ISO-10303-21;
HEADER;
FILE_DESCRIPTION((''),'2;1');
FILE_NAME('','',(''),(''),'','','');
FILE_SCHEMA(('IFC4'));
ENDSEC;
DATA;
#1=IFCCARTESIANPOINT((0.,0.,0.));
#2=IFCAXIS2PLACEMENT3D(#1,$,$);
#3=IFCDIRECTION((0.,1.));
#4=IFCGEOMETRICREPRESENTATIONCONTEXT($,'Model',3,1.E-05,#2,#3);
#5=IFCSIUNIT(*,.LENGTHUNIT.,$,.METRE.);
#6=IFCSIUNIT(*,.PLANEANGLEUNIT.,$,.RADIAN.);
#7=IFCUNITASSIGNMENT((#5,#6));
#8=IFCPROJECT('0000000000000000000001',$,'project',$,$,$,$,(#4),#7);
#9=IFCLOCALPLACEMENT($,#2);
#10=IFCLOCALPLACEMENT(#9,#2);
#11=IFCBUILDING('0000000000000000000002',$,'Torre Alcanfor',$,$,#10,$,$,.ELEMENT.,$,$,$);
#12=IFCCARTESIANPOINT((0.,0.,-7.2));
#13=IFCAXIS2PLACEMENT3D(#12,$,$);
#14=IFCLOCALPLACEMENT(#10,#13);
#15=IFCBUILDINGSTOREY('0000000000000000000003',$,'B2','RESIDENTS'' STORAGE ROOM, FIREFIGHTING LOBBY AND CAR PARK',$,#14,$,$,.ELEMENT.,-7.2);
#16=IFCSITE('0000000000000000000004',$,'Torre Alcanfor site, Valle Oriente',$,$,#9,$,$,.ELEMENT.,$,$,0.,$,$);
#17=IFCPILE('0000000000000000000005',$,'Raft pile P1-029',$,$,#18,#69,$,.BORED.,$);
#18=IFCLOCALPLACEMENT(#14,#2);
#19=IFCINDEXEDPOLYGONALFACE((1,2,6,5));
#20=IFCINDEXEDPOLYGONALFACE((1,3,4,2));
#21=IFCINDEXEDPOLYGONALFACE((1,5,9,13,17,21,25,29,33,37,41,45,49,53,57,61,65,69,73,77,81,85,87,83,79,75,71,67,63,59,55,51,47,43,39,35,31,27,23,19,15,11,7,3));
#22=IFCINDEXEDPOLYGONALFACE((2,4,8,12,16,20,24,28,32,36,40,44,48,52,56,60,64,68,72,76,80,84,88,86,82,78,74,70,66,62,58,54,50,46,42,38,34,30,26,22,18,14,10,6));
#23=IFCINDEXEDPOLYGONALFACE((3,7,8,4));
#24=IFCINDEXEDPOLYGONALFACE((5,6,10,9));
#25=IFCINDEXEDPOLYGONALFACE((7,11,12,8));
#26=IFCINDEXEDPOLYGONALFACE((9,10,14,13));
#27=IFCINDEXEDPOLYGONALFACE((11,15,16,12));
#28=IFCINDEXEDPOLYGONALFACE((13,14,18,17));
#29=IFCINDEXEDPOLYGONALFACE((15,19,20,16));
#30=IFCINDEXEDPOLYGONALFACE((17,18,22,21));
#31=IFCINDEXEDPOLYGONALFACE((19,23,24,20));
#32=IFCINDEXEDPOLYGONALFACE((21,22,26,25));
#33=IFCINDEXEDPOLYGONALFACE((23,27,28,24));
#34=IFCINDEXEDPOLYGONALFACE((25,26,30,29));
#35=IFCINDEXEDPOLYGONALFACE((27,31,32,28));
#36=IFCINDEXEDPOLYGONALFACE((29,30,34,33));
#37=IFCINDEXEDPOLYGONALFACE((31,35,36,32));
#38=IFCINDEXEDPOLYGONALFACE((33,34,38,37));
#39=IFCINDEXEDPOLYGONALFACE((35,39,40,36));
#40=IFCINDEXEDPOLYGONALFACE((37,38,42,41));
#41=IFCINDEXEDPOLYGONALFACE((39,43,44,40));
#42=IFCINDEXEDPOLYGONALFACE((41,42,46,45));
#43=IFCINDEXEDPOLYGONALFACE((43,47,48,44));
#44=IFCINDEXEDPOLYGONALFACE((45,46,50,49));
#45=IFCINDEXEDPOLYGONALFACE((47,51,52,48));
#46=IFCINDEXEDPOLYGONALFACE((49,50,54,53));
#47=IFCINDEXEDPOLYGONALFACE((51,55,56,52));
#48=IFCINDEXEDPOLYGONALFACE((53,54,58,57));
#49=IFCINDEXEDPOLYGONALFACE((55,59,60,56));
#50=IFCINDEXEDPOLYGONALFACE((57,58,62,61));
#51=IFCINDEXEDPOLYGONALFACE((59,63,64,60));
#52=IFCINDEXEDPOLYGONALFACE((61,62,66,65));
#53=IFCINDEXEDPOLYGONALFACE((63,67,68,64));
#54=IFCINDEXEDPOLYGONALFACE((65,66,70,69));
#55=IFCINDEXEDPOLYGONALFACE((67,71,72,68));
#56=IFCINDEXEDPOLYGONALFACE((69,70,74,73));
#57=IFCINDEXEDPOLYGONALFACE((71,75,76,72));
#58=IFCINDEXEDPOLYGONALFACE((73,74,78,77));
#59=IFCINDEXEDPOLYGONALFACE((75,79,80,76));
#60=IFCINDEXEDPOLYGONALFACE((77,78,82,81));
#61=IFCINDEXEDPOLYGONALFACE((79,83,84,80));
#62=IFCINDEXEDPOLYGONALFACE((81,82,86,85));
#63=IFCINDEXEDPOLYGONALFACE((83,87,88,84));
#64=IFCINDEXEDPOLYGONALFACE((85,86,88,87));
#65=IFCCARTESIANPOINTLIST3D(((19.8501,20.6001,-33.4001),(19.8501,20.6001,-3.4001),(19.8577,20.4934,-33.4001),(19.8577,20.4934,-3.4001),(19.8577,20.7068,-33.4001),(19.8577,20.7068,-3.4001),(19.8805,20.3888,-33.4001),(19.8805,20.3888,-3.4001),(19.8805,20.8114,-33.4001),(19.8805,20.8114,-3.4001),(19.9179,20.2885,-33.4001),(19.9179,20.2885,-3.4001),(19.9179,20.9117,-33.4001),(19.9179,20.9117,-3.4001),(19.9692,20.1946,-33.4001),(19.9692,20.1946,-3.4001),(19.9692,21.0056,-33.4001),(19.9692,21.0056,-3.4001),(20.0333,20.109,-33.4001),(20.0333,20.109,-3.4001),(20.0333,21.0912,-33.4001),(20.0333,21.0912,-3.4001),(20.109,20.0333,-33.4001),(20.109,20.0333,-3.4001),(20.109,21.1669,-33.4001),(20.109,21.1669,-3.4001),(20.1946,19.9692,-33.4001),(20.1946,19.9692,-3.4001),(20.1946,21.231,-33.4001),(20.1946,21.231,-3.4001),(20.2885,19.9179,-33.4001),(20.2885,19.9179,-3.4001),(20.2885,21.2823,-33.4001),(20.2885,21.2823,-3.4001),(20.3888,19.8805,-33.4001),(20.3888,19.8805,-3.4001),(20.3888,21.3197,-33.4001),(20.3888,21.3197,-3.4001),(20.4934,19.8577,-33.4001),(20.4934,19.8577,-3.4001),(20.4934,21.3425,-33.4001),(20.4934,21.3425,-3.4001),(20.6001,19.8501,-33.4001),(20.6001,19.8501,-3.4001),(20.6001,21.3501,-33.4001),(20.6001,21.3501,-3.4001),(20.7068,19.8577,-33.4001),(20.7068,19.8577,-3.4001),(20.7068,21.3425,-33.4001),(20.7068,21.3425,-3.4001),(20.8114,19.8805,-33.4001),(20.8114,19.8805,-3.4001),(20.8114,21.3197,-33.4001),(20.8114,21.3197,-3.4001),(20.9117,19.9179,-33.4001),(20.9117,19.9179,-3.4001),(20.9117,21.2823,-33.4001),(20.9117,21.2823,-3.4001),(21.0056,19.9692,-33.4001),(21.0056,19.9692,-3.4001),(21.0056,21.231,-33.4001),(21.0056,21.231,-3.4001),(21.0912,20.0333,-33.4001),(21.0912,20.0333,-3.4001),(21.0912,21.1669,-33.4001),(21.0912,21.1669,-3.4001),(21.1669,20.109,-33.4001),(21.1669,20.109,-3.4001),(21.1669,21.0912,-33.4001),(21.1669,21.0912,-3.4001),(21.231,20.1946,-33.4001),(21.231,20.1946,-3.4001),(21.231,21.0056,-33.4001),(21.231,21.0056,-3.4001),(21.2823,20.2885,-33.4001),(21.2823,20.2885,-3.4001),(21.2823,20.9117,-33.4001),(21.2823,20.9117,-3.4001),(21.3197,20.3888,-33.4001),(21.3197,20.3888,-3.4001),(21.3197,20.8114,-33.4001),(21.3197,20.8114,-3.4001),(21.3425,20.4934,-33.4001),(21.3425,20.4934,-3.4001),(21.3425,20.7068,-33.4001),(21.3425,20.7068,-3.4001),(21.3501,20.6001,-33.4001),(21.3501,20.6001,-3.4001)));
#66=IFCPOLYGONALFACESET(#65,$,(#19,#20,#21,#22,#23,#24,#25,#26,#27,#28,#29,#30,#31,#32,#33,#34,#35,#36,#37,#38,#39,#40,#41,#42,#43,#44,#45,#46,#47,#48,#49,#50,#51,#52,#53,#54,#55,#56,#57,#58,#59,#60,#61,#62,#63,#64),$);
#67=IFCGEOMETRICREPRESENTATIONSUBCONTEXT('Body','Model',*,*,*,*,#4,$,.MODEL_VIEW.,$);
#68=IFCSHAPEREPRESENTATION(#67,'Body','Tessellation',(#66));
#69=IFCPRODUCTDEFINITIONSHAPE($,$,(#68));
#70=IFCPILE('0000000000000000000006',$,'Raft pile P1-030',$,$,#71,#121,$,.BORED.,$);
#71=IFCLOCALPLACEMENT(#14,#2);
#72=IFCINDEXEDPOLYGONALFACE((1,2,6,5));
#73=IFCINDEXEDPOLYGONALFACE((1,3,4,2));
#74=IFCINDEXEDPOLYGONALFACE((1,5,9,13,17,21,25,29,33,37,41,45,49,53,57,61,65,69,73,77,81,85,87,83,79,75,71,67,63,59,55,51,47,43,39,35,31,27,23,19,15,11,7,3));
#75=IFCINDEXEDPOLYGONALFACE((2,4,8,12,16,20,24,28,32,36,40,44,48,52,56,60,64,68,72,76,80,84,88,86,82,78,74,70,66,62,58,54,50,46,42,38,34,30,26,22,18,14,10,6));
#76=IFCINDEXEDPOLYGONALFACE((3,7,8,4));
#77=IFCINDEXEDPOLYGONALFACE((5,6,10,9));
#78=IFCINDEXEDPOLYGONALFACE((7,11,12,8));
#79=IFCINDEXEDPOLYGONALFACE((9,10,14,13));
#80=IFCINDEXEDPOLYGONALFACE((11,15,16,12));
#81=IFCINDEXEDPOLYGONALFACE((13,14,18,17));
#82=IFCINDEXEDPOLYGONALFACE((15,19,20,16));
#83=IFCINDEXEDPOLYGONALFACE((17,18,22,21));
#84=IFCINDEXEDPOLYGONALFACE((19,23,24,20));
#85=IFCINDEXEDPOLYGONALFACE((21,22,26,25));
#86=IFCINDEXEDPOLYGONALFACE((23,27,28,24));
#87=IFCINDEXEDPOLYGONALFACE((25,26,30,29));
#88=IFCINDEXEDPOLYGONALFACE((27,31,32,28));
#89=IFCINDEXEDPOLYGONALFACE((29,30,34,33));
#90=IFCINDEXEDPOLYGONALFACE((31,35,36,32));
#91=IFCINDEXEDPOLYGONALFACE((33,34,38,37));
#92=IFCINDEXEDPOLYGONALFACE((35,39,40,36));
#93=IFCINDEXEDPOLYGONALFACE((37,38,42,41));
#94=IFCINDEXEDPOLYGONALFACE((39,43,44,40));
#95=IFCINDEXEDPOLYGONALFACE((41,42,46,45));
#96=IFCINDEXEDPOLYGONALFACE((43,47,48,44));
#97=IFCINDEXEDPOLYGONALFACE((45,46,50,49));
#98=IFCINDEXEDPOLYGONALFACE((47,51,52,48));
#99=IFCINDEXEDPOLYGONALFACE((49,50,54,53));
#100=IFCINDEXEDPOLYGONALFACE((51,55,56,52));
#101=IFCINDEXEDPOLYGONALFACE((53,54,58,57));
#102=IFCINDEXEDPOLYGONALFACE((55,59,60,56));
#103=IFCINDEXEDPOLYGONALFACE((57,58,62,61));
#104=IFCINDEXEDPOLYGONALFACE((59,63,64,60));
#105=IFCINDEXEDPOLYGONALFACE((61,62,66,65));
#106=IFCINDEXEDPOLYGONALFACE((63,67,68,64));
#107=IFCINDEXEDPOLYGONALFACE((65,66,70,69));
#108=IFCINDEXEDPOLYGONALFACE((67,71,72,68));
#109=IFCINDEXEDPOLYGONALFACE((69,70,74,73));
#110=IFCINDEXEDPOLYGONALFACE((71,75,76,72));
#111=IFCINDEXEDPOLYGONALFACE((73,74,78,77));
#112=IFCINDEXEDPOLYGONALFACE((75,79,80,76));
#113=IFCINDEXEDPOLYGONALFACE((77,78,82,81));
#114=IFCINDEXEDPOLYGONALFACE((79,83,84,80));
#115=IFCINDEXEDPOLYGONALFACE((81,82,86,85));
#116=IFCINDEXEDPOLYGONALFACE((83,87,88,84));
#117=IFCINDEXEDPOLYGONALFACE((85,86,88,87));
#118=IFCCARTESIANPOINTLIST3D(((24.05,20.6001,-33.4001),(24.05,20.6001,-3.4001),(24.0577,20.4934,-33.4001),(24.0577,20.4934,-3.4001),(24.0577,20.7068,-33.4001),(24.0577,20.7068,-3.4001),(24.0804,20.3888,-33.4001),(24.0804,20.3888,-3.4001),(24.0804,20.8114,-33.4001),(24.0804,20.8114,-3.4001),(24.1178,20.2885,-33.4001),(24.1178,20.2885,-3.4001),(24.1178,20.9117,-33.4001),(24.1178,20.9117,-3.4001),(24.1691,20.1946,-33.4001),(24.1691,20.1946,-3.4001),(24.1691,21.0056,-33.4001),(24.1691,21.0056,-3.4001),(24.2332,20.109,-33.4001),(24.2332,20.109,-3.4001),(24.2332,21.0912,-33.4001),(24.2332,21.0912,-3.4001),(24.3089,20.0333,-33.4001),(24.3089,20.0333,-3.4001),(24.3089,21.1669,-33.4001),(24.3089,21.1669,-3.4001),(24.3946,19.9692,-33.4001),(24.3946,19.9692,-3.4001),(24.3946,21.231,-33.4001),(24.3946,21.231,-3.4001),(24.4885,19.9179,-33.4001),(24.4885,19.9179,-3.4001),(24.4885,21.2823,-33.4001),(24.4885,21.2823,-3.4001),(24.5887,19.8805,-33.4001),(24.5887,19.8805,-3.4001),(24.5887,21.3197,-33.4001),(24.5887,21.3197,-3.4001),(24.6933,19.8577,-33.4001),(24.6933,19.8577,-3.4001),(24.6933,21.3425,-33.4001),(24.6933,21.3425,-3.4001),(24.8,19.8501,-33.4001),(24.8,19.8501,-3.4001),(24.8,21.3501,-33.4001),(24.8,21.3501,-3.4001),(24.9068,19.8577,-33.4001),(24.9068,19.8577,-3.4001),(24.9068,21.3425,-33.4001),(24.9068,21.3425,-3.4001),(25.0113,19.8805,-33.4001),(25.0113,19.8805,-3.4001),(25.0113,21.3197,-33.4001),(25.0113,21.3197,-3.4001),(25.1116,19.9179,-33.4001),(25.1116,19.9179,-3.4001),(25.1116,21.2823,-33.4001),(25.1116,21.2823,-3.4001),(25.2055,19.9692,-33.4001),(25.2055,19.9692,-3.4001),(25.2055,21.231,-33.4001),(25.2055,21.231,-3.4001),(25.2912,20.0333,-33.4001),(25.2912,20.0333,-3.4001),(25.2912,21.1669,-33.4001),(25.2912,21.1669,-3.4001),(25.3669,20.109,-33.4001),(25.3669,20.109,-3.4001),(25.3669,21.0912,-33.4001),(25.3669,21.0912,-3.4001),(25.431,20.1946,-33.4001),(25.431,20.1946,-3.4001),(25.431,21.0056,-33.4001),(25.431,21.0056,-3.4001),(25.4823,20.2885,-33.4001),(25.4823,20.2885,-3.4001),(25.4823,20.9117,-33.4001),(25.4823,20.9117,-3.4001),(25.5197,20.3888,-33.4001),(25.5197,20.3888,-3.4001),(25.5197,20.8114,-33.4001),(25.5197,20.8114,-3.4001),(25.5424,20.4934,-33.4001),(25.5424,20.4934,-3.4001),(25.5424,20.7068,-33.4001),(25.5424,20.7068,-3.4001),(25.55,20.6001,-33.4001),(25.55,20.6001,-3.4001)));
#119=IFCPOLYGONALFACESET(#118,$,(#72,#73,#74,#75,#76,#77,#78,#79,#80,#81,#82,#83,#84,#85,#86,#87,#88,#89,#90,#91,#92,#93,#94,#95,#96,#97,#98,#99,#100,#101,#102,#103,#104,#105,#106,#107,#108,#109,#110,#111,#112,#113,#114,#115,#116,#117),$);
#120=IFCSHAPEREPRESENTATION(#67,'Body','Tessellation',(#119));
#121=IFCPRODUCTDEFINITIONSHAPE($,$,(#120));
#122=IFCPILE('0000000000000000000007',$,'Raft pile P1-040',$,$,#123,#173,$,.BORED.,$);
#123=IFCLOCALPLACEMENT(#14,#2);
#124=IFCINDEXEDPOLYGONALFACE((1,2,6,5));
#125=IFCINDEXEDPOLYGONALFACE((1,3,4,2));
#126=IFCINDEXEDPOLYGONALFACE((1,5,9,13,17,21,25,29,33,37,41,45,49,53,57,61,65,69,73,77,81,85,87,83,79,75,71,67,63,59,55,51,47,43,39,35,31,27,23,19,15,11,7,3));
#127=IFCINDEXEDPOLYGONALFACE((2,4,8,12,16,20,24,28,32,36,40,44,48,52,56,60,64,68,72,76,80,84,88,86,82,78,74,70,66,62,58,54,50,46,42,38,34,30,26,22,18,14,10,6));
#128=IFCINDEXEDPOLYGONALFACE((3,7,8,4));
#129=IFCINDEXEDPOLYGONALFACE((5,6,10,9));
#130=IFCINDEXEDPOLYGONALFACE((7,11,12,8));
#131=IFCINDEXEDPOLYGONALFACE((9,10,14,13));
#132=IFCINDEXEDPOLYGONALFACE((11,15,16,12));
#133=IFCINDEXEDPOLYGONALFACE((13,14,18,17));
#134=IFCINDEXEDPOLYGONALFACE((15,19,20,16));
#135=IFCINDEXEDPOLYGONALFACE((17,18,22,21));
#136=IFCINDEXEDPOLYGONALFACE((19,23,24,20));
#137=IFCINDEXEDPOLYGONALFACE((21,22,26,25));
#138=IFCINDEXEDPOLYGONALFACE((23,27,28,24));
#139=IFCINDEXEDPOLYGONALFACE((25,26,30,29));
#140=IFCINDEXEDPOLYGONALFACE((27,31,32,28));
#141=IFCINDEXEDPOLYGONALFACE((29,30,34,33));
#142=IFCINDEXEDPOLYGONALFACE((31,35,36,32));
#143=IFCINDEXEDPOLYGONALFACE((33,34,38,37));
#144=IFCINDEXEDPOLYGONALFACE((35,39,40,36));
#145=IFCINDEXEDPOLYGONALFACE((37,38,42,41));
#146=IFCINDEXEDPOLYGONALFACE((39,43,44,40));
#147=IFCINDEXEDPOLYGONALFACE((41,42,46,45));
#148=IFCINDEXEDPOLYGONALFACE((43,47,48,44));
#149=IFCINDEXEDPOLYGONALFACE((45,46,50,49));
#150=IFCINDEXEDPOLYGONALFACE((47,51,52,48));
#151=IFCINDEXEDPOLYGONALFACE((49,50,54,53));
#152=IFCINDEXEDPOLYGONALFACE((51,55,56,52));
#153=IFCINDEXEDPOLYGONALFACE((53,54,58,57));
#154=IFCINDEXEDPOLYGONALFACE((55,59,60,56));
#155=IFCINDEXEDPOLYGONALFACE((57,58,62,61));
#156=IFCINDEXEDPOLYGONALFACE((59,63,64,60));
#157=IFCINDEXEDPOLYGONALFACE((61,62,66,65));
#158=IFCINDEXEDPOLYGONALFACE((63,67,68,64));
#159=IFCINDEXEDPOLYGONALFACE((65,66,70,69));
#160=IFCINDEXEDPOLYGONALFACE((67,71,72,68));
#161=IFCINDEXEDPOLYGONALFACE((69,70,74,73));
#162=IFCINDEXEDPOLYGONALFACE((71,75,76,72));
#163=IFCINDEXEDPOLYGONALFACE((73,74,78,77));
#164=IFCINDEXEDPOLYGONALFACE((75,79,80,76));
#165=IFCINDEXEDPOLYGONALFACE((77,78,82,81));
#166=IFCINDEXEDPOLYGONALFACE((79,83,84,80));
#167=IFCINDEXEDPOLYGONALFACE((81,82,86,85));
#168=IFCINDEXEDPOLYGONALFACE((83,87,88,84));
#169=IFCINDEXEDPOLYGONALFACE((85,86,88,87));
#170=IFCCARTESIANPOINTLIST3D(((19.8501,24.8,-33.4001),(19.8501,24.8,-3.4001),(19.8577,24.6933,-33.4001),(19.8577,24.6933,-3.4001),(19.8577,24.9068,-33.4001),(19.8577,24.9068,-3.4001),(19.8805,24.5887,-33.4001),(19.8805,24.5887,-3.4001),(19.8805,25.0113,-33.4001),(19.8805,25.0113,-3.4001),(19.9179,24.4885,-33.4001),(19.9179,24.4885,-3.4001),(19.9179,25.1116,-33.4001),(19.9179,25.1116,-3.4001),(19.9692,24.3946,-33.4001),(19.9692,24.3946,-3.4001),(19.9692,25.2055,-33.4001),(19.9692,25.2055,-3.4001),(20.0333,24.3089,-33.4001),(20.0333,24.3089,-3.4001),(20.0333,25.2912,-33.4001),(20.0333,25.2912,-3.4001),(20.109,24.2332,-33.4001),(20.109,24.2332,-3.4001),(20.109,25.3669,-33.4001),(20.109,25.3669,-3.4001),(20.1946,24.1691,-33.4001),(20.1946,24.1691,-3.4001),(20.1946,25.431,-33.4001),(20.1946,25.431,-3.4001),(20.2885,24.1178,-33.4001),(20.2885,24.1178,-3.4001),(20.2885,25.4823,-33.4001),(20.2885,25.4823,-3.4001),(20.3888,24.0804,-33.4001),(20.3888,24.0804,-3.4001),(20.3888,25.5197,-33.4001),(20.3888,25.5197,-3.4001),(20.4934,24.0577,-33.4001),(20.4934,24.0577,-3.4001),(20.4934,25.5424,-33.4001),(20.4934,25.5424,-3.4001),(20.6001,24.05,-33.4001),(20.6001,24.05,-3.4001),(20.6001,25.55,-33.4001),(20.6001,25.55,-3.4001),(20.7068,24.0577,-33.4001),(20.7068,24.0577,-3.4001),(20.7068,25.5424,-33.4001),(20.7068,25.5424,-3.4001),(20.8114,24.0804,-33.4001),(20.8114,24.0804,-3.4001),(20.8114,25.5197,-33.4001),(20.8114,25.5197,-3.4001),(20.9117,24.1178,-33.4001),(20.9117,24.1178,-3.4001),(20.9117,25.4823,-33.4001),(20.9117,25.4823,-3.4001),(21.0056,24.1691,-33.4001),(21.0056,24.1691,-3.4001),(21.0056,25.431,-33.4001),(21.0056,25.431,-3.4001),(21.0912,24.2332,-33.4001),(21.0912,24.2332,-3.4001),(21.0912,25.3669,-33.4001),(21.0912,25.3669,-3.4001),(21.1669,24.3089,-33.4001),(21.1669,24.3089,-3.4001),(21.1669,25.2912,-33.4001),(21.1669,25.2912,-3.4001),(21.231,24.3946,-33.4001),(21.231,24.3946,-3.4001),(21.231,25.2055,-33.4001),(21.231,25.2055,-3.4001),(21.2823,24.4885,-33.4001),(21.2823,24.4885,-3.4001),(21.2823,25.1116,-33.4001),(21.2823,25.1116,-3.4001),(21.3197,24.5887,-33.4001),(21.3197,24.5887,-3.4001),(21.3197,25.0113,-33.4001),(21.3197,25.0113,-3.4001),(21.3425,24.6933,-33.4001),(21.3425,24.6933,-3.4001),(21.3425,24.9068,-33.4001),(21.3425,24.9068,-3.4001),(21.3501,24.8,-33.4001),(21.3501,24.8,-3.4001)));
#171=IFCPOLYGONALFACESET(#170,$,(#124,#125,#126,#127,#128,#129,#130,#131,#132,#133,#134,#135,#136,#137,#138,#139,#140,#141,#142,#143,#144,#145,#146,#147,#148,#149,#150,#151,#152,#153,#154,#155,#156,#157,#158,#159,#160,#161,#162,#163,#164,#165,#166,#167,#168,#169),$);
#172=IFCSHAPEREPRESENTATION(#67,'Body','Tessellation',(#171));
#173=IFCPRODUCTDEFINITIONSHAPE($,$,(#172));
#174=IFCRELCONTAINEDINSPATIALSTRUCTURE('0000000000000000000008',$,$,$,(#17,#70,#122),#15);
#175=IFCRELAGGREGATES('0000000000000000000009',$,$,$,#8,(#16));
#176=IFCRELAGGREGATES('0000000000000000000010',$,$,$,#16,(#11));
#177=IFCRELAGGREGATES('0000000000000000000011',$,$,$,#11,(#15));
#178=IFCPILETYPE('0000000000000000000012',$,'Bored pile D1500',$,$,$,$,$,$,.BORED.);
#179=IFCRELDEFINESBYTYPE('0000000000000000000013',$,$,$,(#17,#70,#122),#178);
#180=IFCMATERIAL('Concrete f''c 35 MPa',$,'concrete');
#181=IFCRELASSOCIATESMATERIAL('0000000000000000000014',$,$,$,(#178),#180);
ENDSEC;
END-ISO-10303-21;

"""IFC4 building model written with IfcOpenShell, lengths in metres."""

from ifc_helpers import new_model, si_unit, direction, frame, origin, origin_2d, place, context, subcontext, project, spatial, circle, extrude, material, material_profile, profile_set, type_object, element, save


model = new_model("IFC4")

# Units and contexts
model_context = context("Model", 3, precision=1e-05, world=origin(), true_north=direction((0.0, 1.0)))
body_context = subcontext(model_context, "Body", "Model", "MODEL_VIEW")
ifc_project = project(units=[si_unit("LENGTHUNIT", "METRE"), si_unit("PLANEANGLEUNIT", "RADIAN")], contexts=[model_context])

# Site, building, storey
site_placement = place(None, origin())
site = spatial("IfcSite", under=ifc_project, at=site_placement, Name="Torre Alcanfor site, Valle Oriente", CompositionType="ELEMENT", RefElevation=0.0)
building_placement = place(site_placement, origin())
building = spatial("IfcBuilding", under=site, at=building_placement, Name="Torre Alcanfor", CompositionType="ELEMENT")
storey_placement = place(building_placement, frame((0.0, 0.0, -7.2)))
storey = spatial("IfcBuildingStorey", under=building, at=storey_placement, Name="B2", Description="RESIDENTS' STORAGE ROOM, FIREFIGHTING LOBBY AND CAR PARK", CompositionType="ELEMENT", Elevation=-7.2)

# Piles
ifc_material_1 = material(Name="Concrete f'c 35 MPa", Category="concrete")
ifc_material_profile_1 = material_profile(ifc_material_1, circle(Radius=0.75, at=origin_2d()), Name="D1500")
ifc_profile_set_1 = profile_set([ifc_material_profile_1], Name="Concrete f'c 35 MPa")
pile_type = type_object("IfcPileType", Name="Bored pile D1500", PredefinedType="BORED", material=ifc_profile_set_1)
for number, where, z_axis, x_axis, name in (
    (1, (20.6001, 20.6001, -3.4001), (0.0, 0.0, -1.0), (1.0, 0.0, 0.0), "Raft pile P1-029"),
    (2, (24.8, 20.6001, -3.4001), (0.0, 0.0, -1.0), (1.0, 0.0, 0.0), "Raft pile P1-030"),
    (3, (20.6001, 24.8, -3.4001), (0.0, 0.0, -1.0), (1.0, 0.0, 0.0), "Raft pile P1-040"),
):
    element("IfcPile", number, at=place(storey_placement, frame(where, z_axis=z_axis, x_axis=x_axis)), inside=storey, type_object=pile_type, Name=name, PredefinedType="BORED", context=body_context, shape_type="SweptSolid", body=[
        extrude(circle(Radius=0.75, at=origin_2d()), origin(), (0.0, 0.0, 1.0), 30.0),
    ])

save(model, "model.ifc")
